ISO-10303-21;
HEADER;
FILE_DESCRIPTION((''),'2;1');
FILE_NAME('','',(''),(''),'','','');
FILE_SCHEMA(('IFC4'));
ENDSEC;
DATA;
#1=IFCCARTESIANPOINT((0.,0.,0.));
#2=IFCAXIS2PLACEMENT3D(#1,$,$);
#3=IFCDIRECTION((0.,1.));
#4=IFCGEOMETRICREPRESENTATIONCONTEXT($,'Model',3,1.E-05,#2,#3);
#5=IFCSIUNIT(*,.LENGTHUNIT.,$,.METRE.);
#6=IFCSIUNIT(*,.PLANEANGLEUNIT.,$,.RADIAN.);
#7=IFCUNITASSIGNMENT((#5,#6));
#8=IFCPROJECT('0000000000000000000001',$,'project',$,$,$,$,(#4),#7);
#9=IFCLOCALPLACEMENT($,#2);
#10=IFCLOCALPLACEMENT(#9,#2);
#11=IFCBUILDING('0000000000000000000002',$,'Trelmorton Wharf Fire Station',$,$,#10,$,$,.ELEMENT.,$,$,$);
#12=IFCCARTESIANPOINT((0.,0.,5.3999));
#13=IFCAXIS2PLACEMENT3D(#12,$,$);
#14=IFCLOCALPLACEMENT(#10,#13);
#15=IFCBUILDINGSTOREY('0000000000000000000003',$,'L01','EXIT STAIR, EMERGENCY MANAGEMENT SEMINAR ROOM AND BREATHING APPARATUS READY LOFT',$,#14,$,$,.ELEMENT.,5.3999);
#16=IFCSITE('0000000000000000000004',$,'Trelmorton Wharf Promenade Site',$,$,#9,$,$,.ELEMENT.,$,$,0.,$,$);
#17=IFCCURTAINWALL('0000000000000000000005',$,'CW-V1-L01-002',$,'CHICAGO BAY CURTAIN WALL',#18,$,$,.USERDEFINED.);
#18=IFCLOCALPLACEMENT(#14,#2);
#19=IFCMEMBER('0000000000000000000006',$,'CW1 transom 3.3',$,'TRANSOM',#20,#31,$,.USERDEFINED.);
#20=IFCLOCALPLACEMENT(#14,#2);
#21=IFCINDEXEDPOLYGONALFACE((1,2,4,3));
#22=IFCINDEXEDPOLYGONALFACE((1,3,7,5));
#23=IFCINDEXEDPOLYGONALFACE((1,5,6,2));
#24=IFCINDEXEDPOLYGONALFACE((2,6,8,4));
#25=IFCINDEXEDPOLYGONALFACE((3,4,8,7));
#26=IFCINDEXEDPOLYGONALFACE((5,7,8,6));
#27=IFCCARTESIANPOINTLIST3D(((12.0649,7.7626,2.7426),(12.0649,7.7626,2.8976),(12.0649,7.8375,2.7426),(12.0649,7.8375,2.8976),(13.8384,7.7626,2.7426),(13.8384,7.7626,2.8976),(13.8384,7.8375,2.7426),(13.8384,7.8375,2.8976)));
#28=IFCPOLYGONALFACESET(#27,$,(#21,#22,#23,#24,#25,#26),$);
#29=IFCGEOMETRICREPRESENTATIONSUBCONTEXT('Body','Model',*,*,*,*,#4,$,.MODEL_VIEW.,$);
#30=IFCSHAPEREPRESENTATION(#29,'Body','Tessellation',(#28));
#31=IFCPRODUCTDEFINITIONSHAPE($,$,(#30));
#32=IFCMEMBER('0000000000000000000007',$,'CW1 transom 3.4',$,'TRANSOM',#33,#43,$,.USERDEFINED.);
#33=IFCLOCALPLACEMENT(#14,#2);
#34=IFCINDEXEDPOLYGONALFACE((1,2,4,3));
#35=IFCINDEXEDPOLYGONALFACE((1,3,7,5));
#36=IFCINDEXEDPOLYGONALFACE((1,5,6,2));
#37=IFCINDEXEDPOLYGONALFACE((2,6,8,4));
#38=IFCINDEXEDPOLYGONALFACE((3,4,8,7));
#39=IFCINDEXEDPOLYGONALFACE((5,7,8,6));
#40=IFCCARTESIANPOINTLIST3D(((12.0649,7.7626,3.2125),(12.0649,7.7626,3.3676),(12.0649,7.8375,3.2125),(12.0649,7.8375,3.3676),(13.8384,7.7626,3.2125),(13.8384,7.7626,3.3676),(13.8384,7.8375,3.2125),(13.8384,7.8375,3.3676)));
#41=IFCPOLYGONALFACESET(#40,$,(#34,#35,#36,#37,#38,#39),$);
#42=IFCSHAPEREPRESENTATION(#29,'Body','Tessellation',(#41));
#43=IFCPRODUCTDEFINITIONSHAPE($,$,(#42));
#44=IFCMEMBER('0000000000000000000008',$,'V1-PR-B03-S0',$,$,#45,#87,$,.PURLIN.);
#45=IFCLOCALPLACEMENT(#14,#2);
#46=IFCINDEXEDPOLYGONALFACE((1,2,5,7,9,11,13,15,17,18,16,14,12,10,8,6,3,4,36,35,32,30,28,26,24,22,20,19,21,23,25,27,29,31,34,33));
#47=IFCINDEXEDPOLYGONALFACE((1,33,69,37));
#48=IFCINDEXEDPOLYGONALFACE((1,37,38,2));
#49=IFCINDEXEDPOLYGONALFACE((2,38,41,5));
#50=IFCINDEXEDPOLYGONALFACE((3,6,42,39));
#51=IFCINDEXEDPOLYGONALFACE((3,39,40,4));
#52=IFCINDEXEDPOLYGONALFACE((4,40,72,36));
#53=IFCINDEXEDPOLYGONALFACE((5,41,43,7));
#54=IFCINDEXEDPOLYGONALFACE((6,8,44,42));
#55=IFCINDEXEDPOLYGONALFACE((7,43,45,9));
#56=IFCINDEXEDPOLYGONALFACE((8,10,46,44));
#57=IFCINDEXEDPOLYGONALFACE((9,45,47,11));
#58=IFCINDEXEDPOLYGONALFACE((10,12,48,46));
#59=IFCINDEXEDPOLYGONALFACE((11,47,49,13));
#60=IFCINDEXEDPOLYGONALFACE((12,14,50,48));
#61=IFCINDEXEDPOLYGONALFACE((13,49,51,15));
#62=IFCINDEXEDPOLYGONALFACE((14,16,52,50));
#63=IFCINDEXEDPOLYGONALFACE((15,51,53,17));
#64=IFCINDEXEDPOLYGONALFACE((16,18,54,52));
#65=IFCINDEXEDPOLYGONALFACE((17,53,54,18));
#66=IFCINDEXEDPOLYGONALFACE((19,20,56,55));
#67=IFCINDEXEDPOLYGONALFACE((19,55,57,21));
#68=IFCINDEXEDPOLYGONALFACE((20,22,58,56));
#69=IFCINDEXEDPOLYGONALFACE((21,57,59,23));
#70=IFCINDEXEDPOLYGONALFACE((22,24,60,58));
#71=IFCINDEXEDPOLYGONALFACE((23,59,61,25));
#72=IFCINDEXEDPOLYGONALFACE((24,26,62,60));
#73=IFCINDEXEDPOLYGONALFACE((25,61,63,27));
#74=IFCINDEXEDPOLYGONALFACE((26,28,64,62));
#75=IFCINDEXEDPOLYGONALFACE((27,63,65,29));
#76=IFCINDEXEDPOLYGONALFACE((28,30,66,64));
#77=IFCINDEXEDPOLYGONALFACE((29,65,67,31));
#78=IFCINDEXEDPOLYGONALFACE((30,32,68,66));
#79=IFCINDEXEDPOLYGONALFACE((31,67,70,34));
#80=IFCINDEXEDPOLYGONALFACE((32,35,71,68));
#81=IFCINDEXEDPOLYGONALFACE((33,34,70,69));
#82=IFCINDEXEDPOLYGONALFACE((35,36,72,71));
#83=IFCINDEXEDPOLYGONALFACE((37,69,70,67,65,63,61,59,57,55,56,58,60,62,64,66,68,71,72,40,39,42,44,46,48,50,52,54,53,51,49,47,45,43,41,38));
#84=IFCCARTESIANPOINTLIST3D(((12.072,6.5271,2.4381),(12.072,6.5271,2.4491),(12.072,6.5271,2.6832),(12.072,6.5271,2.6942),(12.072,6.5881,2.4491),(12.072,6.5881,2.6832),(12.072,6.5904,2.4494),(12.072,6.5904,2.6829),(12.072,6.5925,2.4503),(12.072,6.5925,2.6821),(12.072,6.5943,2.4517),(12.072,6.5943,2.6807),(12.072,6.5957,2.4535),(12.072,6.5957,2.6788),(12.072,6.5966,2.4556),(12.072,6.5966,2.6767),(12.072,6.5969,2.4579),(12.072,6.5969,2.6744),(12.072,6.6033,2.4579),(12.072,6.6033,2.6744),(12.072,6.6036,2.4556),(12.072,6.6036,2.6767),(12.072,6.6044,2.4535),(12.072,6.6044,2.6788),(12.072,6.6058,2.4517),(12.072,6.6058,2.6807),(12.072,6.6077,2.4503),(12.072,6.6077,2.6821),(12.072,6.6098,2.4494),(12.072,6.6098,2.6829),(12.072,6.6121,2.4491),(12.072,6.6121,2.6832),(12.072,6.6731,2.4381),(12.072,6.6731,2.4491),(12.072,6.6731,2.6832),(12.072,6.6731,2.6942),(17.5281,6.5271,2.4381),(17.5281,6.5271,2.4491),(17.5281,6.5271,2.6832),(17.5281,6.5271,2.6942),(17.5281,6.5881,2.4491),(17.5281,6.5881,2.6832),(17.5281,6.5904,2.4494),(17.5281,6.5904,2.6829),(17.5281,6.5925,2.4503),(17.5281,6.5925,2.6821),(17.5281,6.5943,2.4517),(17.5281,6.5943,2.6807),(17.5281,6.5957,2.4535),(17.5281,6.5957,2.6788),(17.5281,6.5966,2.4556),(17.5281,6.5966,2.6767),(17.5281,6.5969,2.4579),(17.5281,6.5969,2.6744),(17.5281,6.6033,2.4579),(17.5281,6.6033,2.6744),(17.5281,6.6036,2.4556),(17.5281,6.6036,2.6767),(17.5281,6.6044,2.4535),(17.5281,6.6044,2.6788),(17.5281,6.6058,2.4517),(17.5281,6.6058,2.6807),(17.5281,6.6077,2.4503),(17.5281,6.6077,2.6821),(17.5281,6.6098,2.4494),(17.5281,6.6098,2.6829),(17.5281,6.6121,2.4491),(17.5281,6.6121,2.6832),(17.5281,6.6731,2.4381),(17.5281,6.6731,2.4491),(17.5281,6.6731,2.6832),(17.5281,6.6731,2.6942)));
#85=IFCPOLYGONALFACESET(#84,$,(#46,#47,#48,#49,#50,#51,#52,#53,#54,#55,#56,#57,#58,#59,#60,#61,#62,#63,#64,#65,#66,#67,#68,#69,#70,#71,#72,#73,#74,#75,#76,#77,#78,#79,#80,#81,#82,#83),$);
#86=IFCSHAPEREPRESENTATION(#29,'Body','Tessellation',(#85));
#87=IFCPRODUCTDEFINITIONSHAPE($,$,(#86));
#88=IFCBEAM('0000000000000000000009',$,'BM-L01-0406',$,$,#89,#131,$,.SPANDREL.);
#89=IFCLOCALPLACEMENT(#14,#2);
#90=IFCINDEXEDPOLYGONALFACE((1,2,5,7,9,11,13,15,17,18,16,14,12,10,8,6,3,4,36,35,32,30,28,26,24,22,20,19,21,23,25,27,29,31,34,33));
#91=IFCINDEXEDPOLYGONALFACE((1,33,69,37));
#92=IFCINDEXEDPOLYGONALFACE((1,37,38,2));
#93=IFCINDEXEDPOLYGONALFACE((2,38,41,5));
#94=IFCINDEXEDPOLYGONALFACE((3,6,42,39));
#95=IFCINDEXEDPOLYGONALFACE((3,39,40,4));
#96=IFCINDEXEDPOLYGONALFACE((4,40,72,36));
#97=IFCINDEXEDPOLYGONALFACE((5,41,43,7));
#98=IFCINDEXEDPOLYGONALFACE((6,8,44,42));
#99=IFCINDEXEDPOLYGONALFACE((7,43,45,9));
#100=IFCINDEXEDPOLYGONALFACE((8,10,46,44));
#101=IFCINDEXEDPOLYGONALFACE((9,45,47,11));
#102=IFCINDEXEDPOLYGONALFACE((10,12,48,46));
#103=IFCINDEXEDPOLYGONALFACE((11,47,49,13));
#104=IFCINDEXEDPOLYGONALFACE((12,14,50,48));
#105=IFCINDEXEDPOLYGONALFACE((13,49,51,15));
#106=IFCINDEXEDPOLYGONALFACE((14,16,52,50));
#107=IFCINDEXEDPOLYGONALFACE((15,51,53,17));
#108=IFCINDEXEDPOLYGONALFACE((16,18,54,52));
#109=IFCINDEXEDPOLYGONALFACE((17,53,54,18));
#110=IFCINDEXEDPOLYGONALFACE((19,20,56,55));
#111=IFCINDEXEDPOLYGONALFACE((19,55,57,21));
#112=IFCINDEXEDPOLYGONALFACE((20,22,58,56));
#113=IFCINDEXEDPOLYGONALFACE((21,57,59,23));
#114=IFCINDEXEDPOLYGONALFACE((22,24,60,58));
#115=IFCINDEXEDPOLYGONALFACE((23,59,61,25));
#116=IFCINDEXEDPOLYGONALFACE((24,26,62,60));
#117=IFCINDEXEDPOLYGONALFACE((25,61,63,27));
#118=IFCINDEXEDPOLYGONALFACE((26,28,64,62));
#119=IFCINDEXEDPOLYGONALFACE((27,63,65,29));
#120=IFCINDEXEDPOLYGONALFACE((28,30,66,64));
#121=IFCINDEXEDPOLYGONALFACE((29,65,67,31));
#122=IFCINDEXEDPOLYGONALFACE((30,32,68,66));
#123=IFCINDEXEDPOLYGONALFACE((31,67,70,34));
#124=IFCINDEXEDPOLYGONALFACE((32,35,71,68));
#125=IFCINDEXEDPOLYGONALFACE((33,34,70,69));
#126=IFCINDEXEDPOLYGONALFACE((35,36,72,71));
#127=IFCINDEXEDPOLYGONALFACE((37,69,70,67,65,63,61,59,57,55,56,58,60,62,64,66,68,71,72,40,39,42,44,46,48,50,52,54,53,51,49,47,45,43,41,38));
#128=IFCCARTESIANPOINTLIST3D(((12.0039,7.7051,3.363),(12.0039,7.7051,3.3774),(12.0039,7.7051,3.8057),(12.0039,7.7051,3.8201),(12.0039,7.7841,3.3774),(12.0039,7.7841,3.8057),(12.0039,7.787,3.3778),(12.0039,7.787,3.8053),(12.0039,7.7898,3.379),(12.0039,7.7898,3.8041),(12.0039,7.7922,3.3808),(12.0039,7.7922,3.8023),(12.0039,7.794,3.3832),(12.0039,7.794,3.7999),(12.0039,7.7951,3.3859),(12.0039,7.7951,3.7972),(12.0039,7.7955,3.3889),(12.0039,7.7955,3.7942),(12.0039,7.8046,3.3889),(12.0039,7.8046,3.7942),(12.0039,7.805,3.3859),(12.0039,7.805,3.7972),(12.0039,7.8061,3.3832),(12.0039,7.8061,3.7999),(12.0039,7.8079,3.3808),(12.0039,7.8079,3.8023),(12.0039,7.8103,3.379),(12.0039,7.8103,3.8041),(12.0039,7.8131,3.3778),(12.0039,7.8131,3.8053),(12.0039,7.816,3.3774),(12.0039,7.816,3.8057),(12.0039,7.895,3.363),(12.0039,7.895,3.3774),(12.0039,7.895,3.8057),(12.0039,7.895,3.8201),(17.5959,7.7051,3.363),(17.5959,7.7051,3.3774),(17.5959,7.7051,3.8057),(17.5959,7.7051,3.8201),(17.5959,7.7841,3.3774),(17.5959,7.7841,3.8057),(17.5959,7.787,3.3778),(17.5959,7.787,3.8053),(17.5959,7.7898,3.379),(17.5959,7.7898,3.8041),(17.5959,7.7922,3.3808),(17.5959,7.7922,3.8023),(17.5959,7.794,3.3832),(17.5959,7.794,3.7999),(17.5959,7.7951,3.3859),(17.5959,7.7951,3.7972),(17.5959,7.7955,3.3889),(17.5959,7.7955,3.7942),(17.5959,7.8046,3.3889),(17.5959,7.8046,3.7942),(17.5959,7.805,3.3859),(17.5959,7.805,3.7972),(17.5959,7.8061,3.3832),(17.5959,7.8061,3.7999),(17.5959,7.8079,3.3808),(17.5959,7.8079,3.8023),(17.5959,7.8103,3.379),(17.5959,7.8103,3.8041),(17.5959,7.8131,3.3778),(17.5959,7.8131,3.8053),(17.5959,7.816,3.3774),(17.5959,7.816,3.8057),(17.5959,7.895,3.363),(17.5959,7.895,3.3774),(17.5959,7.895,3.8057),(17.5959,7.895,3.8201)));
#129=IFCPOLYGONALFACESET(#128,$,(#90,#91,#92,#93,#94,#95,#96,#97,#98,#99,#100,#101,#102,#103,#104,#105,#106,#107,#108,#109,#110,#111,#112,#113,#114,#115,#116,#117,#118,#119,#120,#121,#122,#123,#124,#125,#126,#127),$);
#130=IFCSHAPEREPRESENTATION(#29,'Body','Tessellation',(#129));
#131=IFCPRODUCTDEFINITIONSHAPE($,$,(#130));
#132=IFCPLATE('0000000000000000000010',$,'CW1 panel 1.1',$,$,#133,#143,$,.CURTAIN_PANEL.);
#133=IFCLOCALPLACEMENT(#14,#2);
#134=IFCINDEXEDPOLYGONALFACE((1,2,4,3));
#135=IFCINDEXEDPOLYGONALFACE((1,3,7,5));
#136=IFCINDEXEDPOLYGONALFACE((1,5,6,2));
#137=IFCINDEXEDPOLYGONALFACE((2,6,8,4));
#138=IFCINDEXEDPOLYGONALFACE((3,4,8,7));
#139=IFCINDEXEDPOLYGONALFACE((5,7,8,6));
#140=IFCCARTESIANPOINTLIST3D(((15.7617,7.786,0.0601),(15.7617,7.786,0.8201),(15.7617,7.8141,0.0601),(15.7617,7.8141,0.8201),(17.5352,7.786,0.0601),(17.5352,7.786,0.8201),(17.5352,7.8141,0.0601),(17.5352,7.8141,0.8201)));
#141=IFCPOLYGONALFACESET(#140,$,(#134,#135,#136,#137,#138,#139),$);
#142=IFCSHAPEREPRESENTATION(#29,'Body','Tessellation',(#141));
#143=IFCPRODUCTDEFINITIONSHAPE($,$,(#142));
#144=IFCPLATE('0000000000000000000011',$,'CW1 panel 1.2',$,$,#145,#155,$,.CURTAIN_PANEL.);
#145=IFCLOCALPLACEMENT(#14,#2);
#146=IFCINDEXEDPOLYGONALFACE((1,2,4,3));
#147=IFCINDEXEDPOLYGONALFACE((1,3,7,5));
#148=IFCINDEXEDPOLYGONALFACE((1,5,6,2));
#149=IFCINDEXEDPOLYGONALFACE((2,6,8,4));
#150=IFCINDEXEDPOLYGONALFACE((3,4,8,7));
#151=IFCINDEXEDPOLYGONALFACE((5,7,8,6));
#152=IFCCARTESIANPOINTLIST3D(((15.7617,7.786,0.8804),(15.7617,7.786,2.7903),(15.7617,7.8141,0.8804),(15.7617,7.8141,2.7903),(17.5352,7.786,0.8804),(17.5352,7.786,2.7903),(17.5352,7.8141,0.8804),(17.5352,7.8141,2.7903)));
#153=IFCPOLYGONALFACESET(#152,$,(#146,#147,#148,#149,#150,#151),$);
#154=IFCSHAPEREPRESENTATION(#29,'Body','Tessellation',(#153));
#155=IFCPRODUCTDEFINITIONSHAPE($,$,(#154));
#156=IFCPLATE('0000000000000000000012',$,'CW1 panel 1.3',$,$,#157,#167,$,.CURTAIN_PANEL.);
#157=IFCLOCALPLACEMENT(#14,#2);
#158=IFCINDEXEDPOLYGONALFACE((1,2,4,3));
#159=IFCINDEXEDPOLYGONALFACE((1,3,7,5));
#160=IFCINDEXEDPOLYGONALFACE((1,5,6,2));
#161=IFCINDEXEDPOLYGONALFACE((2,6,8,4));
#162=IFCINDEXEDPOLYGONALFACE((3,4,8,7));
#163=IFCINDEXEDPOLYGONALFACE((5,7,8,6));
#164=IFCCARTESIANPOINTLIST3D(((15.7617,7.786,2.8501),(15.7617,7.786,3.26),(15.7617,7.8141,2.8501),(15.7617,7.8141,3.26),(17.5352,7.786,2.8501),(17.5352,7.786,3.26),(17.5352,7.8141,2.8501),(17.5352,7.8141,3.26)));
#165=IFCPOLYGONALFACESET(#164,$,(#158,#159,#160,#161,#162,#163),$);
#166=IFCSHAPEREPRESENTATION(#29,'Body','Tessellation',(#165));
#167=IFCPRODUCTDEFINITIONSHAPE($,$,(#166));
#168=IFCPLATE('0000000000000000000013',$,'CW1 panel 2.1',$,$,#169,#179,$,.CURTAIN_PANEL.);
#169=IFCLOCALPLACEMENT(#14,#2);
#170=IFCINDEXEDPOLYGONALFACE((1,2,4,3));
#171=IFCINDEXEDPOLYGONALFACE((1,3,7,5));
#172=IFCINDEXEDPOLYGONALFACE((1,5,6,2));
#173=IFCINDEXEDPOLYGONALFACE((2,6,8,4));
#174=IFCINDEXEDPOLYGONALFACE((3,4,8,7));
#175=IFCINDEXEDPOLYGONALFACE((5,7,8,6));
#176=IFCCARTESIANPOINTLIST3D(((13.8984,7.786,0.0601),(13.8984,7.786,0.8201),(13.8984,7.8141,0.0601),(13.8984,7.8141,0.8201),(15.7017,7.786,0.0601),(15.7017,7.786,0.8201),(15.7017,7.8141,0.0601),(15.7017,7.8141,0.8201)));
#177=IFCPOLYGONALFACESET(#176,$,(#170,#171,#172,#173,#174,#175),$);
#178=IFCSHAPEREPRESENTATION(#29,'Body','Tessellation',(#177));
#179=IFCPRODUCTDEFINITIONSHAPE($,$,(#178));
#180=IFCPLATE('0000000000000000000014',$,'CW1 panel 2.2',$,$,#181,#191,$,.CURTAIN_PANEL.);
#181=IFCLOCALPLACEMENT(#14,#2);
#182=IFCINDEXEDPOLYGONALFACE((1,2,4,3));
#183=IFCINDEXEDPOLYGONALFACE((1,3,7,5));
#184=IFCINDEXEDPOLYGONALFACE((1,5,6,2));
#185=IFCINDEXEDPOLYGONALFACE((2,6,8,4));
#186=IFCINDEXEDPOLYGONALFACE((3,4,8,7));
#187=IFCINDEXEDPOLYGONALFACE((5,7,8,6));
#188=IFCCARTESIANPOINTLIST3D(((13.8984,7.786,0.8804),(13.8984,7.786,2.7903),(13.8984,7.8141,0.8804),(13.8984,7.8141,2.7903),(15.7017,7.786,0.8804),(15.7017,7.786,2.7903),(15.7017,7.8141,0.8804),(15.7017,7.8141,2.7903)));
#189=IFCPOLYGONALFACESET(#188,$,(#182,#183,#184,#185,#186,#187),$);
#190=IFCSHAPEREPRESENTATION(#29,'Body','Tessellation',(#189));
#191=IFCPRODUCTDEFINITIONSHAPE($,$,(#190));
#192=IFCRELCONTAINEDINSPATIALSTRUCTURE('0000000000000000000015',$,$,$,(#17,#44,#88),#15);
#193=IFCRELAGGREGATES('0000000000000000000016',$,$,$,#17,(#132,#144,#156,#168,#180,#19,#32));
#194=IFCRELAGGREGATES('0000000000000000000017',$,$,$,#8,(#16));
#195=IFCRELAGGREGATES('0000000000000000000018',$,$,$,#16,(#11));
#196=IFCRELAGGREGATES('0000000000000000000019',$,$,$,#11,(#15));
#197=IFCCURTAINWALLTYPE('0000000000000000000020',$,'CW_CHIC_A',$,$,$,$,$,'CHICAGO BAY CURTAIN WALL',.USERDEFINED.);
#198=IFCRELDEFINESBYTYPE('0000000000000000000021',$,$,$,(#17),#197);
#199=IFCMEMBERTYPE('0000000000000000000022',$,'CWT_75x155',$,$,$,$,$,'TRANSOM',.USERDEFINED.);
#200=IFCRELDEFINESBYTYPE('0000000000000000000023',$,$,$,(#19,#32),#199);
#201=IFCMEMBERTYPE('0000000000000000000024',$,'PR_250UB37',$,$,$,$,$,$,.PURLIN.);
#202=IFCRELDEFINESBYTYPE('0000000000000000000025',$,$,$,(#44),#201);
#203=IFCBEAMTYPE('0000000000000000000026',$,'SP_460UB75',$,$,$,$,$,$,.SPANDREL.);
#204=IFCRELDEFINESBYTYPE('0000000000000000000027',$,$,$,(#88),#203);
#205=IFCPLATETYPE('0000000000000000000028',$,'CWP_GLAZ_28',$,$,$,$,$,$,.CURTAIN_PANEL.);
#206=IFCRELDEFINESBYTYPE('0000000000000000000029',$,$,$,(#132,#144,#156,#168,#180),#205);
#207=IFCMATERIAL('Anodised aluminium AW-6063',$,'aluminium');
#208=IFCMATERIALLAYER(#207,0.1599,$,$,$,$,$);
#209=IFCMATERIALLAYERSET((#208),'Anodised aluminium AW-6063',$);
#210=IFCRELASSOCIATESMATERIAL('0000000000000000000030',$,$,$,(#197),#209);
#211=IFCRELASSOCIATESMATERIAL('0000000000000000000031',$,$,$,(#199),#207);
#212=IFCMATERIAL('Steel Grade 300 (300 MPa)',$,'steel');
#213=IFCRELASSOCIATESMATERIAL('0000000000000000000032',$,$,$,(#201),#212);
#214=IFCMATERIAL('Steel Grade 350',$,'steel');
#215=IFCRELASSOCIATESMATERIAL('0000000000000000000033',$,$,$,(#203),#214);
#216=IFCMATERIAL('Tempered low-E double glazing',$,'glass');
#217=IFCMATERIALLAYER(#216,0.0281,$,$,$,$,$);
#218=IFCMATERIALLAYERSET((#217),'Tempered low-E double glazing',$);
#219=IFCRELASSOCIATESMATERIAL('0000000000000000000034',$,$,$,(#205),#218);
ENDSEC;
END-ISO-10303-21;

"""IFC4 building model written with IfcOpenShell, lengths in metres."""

from ifc_helpers import new_model, si_unit, direction, frame, origin, origin_2d, place, context, subcontext, project, spatial, rectangle, i_section, extrude, material, layer, layer_set, material_profile, profile_set, type_object, element, aggregate, save


model = new_model("IFC4")

# Units and contexts
model_context = context("Model", 3, precision=1e-05, world=origin(), true_north=direction((0.0, 1.0)))
body_context = subcontext(model_context, "Body", "Model", "MODEL_VIEW")
ifc_project = project(units=[si_unit("LENGTHUNIT", "METRE"), si_unit("PLANEANGLEUNIT", "RADIAN")], contexts=[model_context])

# Site, building, storey
site_placement = place(None, origin())
site = spatial("IfcSite", under=ifc_project, at=site_placement, Name="Trelmorton Wharf Promenade Site", CompositionType="ELEMENT", RefElevation=0.0)
building_placement = place(site_placement, origin())
building = spatial("IfcBuilding", under=site, at=building_placement, Name="Trelmorton Wharf Fire Station", CompositionType="ELEMENT")
storey_placement = place(building_placement, frame((0.0, 0.0, 5.3999)))
storey = spatial("IfcBuildingStorey", under=building, at=storey_placement, Name="L01", Description="EXIT STAIR, EMERGENCY MANAGEMENT SEMINAR ROOM AND BREATHING APPARATUS READY LOFT", CompositionType="ELEMENT", Elevation=5.3999)

# Curtain wall, members
ifc_material_1 = material(Name="Anodised aluminium AW-6063", Category="aluminium")
ifc_layer_1 = layer(ifc_material_1, 0.1599)
ifc_layer_set_1 = layer_set([ifc_layer_1], Name="Anodised aluminium AW-6063")
curtain_wall_type = type_object("IfcCurtainWallType", Name="CW_CHIC_A", ElementType="CHICAGO BAY CURTAIN WALL", PredefinedType="USERDEFINED", material=ifc_layer_set_1)
curtain_wall_placement = place(storey_placement, origin())
curtain_wall = element("IfcCurtainWall", 1, at=curtain_wall_placement, inside=storey, type_object=curtain_wall_type, Name="CW-V1-L01-002", ObjectType="CHICAGO BAY CURTAIN WALL", PredefinedType="USERDEFINED")
ifc_material_profile_1 = material_profile(ifc_material_1, rectangle(XDim=0.075, YDim=0.155, at=origin_2d()), Name="ALU-75x155")
ifc_profile_set_1 = profile_set([ifc_material_profile_1], Name="Anodised aluminium AW-6063")
member_type_1 = type_object("IfcMemberType", Name="CWT_75x155", ElementType="TRANSOM", PredefinedType="USERDEFINED", material=ifc_profile_set_1)
member_1_placement = place(storey_placement, frame((13.8384, 7.8, 2.8201), z_axis=(-1.0, 0.0, 0.0), x_axis=(0.0, -1.0, 0.0)))
member_1 = element("IfcMember", 2, at=member_1_placement, type_object=member_type_1, Name="CW1 transom 3.3", ObjectType="TRANSOM", PredefinedType="USERDEFINED", context=body_context, shape_type="SweptSolid", body=[
    extrude(rectangle(XDim=0.075, YDim=0.155, at=origin_2d()), origin(), (0.0, 0.0, 1.0), 1.7734),
])
member_2_placement = place(storey_placement, frame((13.8384, 7.8, 3.29), z_axis=(-1.0, 0.0, 0.0), x_axis=(0.0, -1.0, 0.0)))
member_2 = element("IfcMember", 3, at=member_2_placement, type_object=member_type_1, Name="CW1 transom 3.4", ObjectType="TRANSOM", PredefinedType="USERDEFINED", context=body_context, shape_type="SweptSolid", body=[
    extrude(rectangle(XDim=0.075, YDim=0.155, at=origin_2d()), origin(), (0.0, 0.0, 1.0), 1.7734),
])

# Member
ifc_material_2 = material(Name="Steel Grade 300 (300 MPa)", Category="steel")
ifc_material_profile_2 = material_profile(ifc_material_2, i_section(OverallWidth=0.146, OverallDepth=0.2561, WebThickness=0.0063, FlangeThickness=0.011, FilletRadius=0.0088, at=origin_2d()), Name="250UB37.3")
ifc_profile_set_2 = profile_set([ifc_material_profile_2], Name="Steel Grade 300 (300 MPa)")
member_type_2 = type_object("IfcMemberType", Name="PR_250UB37", PredefinedType="PURLIN", material=ifc_profile_set_2)
member_3_placement = place(storey_placement, frame((12.072, 6.6001, 2.5662), z_axis=(1.0, 0.0, 0.0), x_axis=(0.0, 1.0, 0.0)))
element("IfcMember", 4, at=member_3_placement, inside=storey, type_object=member_type_2, Name="V1-PR-B03-S0", PredefinedType="PURLIN", context=body_context, shape_type="SweptSolid", body=[
    extrude(i_section(OverallWidth=0.146, OverallDepth=0.2561, WebThickness=0.0063, FlangeThickness=0.011, FilletRadius=0.0088, at=origin_2d()), origin(), (0.0, 0.0, 1.0), 5.4561),
])

# Beam
ifc_material_3 = material(Name="Steel Grade 350", Category="steel")
ifc_material_profile_3 = material_profile(ifc_material_3, i_section(OverallWidth=0.1899, OverallDepth=0.457, WebThickness=0.009, FlangeThickness=0.0144, FilletRadius=0.0115, at=origin_2d()), Name="460UB74.6")
ifc_profile_set_3 = profile_set([ifc_material_profile_3], Name="Steel Grade 350")
beam_type_1 = type_object("IfcBeamType", Name="SP_460UB75", PredefinedType="SPANDREL", material=ifc_profile_set_3)
beam_1_placement = place(storey_placement, frame((12.0039, 7.8, 3.5916), z_axis=(1.0, 0.0, 0.0), x_axis=(0.0, 1.0, 0.0)))
element("IfcBeam", 5, at=beam_1_placement, inside=storey, type_object=beam_type_1, Name="BM-L01-0406", PredefinedType="SPANDREL", context=body_context, shape_type="SweptSolid", body=[
    extrude(i_section(OverallWidth=0.1899, OverallDepth=0.457, WebThickness=0.009, FlangeThickness=0.0144, FilletRadius=0.0115, at=origin_2d()), origin(), (0.0, 0.0, 1.0), 5.592),
])

# Plates
ifc_material_4 = material(Name="Tempered low-E double glazing", Category="glass")
ifc_layer_2 = layer(ifc_material_4, 0.0281)
ifc_layer_set_2 = layer_set([ifc_layer_2], Name="Tempered low-E double glazing")
plate_type = type_object("IfcPlateType", Name="CWP_GLAZ_28", PredefinedType="CURTAIN_PANEL", material=ifc_layer_set_2)
plate_1_placement = place(storey_placement, frame((16.6484, 7.8, 0.0601), z_axis=(0.0, 0.0, 1.0), x_axis=(-1.0, 0.0, 0.0)))
plate_1 = element("IfcPlate", 6, at=plate_1_placement, type_object=plate_type, Name="CW1 panel 1.1", PredefinedType="CURTAIN_PANEL", context=body_context, shape_type="SweptSolid", body=[
    extrude(rectangle(XDim=1.7734, YDim=0.0281, at=origin_2d()), origin(), (0.0, 0.0, 1.0), 0.76),
])
plate_2_placement = place(storey_placement, frame((16.6484, 7.8, 0.8804), z_axis=(0.0, 0.0, 1.0), x_axis=(-1.0, 0.0, 0.0)))
plate_2 = element("IfcPlate", 7, at=plate_2_placement, type_object=plate_type, Name="CW1 panel 1.2", PredefinedType="CURTAIN_PANEL", context=body_context, shape_type="SweptSolid", body=[
    extrude(rectangle(XDim=1.7734, YDim=0.0281, at=origin_2d()), origin(), (0.0, 0.0, 1.0), 1.9099),
])
plate_3_placement = place(storey_placement, frame((16.6484, 7.8, 2.8501), z_axis=(0.0, 0.0, 1.0), x_axis=(-1.0, 0.0, 0.0)))
plate_3 = element("IfcPlate", 8, at=plate_3_placement, type_object=plate_type, Name="CW1 panel 1.3", PredefinedType="CURTAIN_PANEL", context=body_context, shape_type="SweptSolid", body=[
    extrude(rectangle(XDim=1.7734, YDim=0.0281, at=origin_2d()), origin(), (0.0, 0.0, 1.0), 0.4099),
])
plate_4_placement = place(storey_placement, frame((14.8, 7.8, 0.0601), z_axis=(0.0, 0.0, 1.0), x_axis=(-1.0, 0.0, 0.0)))
plate_4 = element("IfcPlate", 9, at=plate_4_placement, type_object=plate_type, Name="CW1 panel 2.1", PredefinedType="CURTAIN_PANEL", context=body_context, shape_type="SweptSolid", body=[
    extrude(rectangle(XDim=1.8032, YDim=0.0281, at=origin_2d()), origin(), (0.0, 0.0, 1.0), 0.76),
])
plate_5_placement = place(storey_placement, frame((14.8, 7.8, 0.8804), z_axis=(0.0, 0.0, 1.0), x_axis=(-1.0, 0.0, 0.0)))
plate_5 = element("IfcPlate", 10, at=plate_5_placement, type_object=plate_type, Name="CW1 panel 2.2", PredefinedType="CURTAIN_PANEL", context=body_context, shape_type="SweptSolid", body=[
    extrude(rectangle(XDim=1.8032, YDim=0.0281, at=origin_2d()), origin(), (0.0, 0.0, 1.0), 1.9099),
])
aggregate(curtain_wall, [plate_1, plate_2, plate_3, plate_4, plate_5, member_1, member_2])

save(model, "model.ifc")
